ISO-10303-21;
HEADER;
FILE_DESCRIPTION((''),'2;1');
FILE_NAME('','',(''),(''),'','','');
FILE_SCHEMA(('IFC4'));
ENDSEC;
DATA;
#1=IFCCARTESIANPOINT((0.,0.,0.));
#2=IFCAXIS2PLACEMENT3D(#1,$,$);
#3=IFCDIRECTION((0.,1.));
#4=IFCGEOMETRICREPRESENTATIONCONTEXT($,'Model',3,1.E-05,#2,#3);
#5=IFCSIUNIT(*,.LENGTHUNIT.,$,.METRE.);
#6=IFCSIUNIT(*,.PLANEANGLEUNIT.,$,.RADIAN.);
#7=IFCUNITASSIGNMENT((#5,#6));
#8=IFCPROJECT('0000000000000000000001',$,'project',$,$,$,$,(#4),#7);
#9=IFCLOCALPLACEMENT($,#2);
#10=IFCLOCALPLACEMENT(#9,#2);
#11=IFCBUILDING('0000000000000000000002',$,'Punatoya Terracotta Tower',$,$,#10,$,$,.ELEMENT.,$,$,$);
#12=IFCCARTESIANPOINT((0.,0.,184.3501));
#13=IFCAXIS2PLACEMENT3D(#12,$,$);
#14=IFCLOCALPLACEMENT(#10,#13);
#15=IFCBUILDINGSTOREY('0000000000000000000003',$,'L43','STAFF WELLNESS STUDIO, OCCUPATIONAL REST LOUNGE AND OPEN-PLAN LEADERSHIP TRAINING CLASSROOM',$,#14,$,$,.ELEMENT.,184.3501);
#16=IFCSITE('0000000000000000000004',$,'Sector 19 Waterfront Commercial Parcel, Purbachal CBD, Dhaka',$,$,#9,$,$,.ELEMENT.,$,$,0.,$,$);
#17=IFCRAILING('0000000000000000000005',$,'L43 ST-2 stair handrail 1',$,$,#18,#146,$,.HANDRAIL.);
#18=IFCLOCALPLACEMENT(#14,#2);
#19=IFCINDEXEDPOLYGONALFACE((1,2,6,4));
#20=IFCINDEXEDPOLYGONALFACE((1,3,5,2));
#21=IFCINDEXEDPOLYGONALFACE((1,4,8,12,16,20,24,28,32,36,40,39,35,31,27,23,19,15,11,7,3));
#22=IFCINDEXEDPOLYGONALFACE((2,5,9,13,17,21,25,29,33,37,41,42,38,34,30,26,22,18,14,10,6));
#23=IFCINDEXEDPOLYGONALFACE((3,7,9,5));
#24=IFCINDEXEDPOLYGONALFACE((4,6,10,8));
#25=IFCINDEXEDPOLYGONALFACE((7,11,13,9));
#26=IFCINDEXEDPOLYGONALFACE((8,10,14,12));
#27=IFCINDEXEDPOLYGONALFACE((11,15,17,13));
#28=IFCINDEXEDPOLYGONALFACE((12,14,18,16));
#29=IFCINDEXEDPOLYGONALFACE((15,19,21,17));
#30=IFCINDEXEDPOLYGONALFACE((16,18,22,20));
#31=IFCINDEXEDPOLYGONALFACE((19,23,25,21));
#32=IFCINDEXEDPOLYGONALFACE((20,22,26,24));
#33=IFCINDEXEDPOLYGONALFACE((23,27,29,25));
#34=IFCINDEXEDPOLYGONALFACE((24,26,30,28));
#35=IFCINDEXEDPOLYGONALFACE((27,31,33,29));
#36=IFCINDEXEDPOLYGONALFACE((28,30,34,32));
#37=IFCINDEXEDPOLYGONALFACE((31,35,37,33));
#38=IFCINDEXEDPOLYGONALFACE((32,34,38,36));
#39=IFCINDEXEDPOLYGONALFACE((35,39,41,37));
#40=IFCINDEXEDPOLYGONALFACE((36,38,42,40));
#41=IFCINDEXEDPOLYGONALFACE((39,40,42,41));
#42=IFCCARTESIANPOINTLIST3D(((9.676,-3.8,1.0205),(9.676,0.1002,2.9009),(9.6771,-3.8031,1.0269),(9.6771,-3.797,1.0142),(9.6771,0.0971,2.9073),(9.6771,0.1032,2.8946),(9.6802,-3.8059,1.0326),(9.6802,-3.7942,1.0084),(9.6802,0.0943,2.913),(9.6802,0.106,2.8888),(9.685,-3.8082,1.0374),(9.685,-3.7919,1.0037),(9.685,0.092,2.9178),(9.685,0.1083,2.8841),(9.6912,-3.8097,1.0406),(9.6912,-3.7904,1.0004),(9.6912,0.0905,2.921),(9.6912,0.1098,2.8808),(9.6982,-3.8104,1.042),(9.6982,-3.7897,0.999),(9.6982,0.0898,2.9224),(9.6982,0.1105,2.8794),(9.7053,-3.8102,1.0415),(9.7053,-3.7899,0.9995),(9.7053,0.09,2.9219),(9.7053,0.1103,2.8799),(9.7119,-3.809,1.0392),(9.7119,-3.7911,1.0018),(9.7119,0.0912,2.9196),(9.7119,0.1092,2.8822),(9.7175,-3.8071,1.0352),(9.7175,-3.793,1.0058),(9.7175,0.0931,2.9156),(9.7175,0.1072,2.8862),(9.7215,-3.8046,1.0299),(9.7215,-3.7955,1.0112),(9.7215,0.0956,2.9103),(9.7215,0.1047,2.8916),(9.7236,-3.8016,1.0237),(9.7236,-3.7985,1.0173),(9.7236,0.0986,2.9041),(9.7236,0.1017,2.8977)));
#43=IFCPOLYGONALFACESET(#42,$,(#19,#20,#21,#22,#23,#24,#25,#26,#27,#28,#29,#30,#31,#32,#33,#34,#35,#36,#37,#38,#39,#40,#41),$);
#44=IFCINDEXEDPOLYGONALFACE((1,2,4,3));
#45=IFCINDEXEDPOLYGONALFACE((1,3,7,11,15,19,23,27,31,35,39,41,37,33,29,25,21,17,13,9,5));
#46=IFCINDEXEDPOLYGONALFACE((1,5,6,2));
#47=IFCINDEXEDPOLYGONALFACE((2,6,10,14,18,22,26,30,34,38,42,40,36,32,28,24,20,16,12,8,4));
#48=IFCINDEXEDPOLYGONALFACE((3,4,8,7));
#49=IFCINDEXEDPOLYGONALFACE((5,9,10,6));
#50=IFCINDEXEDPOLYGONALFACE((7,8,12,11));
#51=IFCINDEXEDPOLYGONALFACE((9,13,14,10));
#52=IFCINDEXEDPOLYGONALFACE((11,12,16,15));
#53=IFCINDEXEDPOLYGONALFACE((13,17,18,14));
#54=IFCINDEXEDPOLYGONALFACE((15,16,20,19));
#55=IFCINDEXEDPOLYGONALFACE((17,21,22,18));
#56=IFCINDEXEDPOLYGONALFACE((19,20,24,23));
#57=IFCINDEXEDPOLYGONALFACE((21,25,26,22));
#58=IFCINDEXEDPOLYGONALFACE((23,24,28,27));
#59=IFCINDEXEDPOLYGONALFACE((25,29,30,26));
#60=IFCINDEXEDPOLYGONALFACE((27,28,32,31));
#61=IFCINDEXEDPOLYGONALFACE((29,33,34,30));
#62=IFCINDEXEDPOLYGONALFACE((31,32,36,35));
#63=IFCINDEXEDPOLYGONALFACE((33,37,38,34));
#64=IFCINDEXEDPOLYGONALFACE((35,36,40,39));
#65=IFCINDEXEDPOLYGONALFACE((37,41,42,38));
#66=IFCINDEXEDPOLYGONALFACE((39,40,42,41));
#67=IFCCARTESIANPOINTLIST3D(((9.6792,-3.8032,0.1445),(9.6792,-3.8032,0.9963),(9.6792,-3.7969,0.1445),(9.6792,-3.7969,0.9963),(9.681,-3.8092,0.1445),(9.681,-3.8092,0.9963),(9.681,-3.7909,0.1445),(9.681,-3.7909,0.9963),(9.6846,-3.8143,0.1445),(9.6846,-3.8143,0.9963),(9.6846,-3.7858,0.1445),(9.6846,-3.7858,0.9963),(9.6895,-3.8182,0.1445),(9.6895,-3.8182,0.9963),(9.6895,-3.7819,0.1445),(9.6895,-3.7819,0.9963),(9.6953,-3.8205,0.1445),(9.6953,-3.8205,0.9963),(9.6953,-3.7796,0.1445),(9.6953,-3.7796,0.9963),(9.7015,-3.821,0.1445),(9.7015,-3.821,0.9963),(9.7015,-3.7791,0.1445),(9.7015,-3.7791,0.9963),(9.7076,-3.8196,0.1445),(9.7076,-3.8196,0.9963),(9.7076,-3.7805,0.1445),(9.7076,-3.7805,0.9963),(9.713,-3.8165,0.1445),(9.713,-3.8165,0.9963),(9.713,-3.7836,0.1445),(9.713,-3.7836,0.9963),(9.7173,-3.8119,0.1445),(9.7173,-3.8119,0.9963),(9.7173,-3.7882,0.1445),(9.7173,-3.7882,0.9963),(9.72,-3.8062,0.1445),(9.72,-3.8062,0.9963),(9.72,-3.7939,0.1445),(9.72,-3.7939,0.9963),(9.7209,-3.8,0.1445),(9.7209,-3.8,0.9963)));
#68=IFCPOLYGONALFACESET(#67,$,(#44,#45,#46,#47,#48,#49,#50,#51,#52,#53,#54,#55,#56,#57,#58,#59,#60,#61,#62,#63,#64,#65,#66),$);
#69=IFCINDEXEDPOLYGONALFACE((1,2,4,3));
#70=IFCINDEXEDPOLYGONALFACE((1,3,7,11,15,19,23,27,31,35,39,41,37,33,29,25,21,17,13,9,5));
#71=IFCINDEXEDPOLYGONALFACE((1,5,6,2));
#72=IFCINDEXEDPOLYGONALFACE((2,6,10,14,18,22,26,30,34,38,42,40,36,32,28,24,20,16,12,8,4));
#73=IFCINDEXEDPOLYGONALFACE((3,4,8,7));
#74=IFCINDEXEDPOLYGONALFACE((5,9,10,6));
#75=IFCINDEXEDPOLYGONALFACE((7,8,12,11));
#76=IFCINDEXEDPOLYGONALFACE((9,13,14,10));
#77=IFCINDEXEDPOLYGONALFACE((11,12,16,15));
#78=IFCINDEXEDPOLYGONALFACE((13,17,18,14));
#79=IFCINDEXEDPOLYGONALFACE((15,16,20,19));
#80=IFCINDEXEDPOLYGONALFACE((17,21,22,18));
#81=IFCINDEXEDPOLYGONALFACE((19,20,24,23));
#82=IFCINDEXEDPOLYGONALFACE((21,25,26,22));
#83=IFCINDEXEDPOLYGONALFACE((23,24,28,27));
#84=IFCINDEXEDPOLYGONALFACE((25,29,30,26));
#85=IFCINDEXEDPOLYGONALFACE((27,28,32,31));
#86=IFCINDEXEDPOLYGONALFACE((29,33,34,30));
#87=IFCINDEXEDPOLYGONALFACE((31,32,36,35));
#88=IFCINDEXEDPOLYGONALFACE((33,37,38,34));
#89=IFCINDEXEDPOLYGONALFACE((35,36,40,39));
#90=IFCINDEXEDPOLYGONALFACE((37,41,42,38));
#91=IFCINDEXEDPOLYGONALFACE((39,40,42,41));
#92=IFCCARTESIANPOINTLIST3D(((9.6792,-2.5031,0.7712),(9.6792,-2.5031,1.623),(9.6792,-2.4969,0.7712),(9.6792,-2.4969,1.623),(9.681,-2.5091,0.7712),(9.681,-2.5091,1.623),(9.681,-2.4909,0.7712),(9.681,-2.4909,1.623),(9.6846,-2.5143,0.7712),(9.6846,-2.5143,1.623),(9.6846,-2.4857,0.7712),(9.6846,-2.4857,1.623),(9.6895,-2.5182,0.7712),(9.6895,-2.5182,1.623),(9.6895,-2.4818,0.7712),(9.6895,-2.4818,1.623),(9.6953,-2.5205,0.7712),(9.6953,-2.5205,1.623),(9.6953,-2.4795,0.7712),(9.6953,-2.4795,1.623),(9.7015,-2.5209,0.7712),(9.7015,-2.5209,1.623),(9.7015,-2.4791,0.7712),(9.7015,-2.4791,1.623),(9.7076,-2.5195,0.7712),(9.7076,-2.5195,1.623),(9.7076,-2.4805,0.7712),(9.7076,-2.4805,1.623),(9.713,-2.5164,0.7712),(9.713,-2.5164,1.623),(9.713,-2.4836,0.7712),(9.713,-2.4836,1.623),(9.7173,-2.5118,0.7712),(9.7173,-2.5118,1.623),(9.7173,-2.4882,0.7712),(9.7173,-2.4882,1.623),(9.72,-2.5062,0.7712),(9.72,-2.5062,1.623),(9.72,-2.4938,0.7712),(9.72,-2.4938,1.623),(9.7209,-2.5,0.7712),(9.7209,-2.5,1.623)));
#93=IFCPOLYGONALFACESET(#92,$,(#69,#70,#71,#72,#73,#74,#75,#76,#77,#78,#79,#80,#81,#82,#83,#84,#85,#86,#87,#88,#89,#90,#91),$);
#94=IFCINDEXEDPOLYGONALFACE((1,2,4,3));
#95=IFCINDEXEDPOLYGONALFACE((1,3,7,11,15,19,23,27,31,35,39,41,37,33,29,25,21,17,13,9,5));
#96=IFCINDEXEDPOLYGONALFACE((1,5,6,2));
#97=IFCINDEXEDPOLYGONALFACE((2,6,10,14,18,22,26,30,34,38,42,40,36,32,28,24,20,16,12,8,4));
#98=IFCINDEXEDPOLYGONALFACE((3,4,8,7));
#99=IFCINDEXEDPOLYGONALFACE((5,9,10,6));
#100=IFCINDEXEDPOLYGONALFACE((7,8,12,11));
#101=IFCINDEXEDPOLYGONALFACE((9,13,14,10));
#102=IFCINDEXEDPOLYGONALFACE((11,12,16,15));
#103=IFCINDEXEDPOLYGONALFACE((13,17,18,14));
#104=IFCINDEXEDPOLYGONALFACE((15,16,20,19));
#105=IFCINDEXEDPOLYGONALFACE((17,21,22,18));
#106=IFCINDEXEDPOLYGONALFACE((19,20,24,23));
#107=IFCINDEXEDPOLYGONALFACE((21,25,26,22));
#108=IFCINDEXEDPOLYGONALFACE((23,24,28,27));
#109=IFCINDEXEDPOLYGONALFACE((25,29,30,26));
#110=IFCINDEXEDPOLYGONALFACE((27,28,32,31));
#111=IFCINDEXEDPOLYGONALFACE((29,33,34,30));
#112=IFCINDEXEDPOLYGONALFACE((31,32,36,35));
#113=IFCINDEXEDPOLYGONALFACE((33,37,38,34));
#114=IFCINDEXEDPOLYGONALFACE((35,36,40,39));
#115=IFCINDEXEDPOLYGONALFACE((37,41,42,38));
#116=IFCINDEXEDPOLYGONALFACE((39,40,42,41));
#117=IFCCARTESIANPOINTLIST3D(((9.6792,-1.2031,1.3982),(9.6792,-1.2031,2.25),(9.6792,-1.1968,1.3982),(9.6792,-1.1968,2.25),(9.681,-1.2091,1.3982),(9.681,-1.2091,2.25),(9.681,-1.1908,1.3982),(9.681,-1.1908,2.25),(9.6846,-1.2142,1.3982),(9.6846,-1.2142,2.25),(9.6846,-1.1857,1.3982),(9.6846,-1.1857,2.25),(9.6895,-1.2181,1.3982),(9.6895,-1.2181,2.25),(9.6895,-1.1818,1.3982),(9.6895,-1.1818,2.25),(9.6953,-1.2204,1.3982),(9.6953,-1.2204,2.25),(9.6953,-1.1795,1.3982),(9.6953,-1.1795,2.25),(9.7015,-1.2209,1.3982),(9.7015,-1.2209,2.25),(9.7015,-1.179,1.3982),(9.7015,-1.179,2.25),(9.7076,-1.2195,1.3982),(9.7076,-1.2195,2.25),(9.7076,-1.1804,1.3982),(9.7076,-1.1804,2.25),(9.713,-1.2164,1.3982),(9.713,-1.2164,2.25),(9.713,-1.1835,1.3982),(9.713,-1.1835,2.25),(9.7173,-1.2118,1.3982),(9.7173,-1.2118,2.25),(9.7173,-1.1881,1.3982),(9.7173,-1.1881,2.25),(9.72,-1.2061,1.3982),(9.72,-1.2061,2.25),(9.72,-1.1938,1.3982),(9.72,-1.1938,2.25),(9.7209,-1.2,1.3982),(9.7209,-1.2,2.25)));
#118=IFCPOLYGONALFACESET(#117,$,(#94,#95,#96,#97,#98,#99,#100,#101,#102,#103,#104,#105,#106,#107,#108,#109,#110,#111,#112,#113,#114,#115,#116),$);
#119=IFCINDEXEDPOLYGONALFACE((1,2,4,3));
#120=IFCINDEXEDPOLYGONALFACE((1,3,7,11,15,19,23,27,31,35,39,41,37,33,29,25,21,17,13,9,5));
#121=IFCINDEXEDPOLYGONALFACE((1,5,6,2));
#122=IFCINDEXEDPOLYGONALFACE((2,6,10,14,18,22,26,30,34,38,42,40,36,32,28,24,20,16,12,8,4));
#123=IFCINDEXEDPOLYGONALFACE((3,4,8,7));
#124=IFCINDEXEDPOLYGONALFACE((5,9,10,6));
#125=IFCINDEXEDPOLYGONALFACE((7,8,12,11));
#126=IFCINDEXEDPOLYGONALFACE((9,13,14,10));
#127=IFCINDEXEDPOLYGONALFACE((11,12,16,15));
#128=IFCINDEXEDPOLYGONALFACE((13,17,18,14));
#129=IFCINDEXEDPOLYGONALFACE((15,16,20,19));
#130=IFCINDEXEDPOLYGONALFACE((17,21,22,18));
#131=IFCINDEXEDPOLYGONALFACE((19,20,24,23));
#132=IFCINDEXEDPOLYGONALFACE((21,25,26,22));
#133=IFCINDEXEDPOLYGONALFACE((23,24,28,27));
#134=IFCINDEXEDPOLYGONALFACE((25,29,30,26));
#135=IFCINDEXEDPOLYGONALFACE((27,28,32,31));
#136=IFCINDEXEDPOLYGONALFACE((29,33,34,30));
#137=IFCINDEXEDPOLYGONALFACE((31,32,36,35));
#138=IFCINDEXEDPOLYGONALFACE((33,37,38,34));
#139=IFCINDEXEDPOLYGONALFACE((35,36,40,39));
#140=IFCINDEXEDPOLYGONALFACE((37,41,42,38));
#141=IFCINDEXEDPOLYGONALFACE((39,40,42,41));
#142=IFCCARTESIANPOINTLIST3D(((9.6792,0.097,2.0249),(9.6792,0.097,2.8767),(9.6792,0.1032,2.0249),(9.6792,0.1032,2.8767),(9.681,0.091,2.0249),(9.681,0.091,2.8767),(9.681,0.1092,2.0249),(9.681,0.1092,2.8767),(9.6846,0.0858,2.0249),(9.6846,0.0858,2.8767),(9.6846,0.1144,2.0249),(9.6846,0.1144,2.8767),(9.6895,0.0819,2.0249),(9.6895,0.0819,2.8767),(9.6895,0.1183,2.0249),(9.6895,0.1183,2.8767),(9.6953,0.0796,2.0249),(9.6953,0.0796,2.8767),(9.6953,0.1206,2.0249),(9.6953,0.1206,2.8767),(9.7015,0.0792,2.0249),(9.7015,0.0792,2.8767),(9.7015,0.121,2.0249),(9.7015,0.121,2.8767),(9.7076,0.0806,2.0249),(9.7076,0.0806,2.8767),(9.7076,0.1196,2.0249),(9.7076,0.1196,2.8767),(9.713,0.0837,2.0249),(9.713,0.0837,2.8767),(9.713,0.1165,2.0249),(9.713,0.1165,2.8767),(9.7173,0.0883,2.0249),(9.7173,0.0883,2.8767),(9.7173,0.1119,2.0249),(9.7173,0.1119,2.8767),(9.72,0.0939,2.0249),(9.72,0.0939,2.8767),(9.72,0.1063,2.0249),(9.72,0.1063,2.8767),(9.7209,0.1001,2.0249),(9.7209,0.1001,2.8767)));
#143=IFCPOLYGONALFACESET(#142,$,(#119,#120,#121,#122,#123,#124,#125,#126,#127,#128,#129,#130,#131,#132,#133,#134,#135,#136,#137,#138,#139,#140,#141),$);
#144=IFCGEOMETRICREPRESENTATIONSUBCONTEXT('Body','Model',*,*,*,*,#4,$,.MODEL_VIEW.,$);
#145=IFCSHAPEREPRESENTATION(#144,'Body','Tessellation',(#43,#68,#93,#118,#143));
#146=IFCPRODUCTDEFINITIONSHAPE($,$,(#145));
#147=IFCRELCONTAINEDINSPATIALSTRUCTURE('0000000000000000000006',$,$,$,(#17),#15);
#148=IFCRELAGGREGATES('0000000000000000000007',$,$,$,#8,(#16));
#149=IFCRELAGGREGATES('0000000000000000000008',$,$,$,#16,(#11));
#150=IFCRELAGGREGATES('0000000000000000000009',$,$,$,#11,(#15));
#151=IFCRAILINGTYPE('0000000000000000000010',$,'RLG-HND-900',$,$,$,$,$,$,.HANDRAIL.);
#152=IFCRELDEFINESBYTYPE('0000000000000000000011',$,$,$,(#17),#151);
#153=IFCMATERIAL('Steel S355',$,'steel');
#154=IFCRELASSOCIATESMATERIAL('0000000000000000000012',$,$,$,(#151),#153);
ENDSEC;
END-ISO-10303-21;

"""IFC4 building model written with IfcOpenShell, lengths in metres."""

from ifc_helpers import new_model, si_unit, direction, frame, origin, origin_2d, place, context, subcontext, project, spatial, circle, extrude, material, type_object, element, save


model = new_model("IFC4")

# Units and contexts
model_context = context("Model", 3, precision=1e-05, world=origin(), true_north=direction((0.0, 1.0)))
body_context = subcontext(model_context, "Body", "Model", "MODEL_VIEW")
ifc_project = project(units=[si_unit("LENGTHUNIT", "METRE"), si_unit("PLANEANGLEUNIT", "RADIAN")], contexts=[model_context])

# Site, building, storey
site_placement = place(None, origin())
site = spatial("IfcSite", under=ifc_project, at=site_placement, Name="Sector 19 Waterfront Commercial Parcel, Purbachal CBD, Dhaka", CompositionType="ELEMENT", RefElevation=0.0)
building_placement = place(site_placement, origin())
building = spatial("IfcBuilding", under=site, at=building_placement, Name="Punatoya Terracotta Tower", CompositionType="ELEMENT")
storey_placement = place(building_placement, frame((0.0, 0.0, 184.3501)))
storey = spatial("IfcBuildingStorey", under=building, at=storey_placement, Name="L43", Description="STAFF WELLNESS STUDIO, OCCUPATIONAL REST LOUNGE AND OPEN-PLAN LEADERSHIP TRAINING CLASSROOM", CompositionType="ELEMENT", Elevation=184.3501)

# Shared definitions
ifc_material_1 = material(Name="Steel S355", Category="steel")

# Railing
railing_type_1 = type_object("IfcRailingType", Name="RLG-HND-900", PredefinedType="HANDRAIL", material=ifc_material_1)
railing_1_placement = place(storey_placement, frame((9.7, -3.8, 0.1445)))
element("IfcRailing", 1, at=railing_1_placement, inside=storey, type_object=railing_type_1, Name="L43 ST-2 stair handrail 1", PredefinedType="HANDRAIL", context=body_context, shape_type="SweptSolid", body=[
    extrude(circle(Radius=0.0239, at=origin_2d()), frame((0.0, 0.0, 0.876), z_axis=(0.0, 0.900774, 0.434289), x_axis=(-1.0, 0.0, 0.0)), (0.0, 0.0, 1.0), 4.3298),
    extrude(circle(Radius=0.021, at=origin_2d()), origin(), (0.0, 0.0, 1.0), 0.8518),
    extrude(circle(Radius=0.021, at=origin_2d()), frame((0.0, 1.3, 0.6267)), (0.0, 0.0, 1.0), 0.8518),
    extrude(circle(Radius=0.021, at=origin_2d()), frame((0.0, 2.6001, 1.2537)), (0.0, 0.0, 1.0), 0.8518),
    extrude(circle(Radius=0.021, at=origin_2d()), frame((0.0, 3.9001, 1.8804)), (0.0, 0.0, 1.0), 0.8518),
])

save(model, "model.ifc")
